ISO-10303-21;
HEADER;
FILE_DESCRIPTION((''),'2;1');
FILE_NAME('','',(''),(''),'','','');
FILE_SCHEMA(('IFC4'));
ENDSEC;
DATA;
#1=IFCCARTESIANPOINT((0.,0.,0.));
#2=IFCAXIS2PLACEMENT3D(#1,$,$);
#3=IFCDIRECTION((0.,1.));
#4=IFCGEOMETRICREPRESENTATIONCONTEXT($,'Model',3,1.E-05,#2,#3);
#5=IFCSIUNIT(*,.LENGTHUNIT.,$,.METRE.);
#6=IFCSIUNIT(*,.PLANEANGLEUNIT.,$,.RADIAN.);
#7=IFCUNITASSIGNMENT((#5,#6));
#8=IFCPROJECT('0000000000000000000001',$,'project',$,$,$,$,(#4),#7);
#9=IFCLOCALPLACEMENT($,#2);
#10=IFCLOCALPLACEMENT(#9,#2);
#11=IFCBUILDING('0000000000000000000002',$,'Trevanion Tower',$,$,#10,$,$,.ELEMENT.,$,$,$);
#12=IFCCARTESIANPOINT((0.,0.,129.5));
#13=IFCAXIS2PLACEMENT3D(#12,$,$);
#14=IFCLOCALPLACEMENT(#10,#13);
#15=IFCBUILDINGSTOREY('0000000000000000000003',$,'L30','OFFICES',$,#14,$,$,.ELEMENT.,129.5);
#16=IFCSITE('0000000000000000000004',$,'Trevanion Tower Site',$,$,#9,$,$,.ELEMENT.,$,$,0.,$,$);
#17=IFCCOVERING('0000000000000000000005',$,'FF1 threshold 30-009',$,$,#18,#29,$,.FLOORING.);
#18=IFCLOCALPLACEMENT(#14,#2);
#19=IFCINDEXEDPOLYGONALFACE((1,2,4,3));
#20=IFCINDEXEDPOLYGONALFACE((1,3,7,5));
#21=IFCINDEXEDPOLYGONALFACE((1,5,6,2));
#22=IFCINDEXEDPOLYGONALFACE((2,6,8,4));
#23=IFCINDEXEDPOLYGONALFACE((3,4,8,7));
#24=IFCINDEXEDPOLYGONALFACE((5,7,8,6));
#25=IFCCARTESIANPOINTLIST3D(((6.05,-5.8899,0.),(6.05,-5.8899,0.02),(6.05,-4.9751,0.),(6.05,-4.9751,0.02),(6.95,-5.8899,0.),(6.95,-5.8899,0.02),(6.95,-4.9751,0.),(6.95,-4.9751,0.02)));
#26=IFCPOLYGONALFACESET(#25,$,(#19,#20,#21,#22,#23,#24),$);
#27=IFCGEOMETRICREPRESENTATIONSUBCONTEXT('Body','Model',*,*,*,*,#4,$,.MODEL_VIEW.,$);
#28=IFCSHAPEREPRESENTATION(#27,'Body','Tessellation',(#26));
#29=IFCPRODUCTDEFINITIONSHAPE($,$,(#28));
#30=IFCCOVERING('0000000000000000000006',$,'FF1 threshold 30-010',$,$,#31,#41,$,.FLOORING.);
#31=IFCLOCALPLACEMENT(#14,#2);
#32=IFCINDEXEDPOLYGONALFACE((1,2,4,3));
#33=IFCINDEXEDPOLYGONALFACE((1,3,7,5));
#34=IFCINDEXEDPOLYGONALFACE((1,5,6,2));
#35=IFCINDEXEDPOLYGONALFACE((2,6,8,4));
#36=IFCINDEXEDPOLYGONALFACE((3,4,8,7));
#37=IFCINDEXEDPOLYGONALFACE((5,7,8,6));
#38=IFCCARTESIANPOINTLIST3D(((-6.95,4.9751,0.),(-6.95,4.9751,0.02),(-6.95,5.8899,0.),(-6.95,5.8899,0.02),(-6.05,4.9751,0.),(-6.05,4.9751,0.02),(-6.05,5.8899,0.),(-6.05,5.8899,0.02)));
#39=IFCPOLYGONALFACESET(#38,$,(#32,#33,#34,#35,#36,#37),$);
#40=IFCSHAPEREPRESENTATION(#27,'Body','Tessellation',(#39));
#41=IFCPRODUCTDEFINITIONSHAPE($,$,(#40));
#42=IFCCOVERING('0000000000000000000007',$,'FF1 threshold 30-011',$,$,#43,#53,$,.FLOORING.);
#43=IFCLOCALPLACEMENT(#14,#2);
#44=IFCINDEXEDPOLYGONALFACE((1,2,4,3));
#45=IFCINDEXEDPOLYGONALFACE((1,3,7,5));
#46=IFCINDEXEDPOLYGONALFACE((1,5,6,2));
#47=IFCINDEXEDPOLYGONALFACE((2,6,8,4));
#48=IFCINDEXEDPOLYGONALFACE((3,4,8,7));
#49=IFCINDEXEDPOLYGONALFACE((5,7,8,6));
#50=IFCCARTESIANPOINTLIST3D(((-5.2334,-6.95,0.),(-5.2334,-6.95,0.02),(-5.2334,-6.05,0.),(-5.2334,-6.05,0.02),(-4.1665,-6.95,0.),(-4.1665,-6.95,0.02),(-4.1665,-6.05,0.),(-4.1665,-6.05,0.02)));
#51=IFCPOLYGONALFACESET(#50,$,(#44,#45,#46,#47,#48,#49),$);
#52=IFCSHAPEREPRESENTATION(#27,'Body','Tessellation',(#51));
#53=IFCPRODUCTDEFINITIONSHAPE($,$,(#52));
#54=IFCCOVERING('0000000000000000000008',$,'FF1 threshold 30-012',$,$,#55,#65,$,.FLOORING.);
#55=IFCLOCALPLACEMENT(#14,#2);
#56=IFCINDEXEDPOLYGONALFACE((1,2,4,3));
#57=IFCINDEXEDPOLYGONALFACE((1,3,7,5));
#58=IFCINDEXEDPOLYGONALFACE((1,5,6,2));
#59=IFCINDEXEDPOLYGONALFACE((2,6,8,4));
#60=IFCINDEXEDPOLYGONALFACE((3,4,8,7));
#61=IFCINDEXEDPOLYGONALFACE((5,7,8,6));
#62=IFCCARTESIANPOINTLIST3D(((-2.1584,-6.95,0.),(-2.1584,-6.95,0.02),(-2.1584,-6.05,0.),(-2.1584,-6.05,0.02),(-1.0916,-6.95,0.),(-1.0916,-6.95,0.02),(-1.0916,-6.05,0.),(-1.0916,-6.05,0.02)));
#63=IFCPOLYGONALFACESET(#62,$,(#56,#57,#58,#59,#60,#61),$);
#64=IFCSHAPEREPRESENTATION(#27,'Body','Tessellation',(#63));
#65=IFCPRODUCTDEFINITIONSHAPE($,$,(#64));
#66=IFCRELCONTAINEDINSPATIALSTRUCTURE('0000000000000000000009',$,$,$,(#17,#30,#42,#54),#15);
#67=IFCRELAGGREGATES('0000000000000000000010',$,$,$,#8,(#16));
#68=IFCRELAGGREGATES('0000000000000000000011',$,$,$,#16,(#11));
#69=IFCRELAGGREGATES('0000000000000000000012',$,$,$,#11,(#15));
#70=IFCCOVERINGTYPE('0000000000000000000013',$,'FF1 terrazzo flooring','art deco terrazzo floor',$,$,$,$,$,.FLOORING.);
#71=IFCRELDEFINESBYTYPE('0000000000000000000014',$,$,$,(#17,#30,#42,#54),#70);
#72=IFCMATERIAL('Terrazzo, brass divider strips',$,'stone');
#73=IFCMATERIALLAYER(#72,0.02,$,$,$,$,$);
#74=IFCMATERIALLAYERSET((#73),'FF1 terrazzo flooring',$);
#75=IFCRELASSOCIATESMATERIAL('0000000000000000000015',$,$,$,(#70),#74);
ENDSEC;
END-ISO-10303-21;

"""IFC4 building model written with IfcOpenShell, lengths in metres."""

from ifc_helpers import new_model, si_unit, direction, frame, origin, place, context, subcontext, project, spatial, polyline, outline, extrude, material, layer, layer_set, type_object, element, save


model = new_model("IFC4")

# Units and contexts
model_context = context("Model", 3, precision=1e-05, world=origin(), true_north=direction((0.0, 1.0)))
body_context = subcontext(model_context, "Body", "Model", "MODEL_VIEW")
ifc_project = project(units=[si_unit("LENGTHUNIT", "METRE"), si_unit("PLANEANGLEUNIT", "RADIAN")], contexts=[model_context])

# Site, building, storey
site_placement = place(None, origin())
site = spatial("IfcSite", under=ifc_project, at=site_placement, Name="Trevanion Tower Site", CompositionType="ELEMENT", RefElevation=0.0)
building_placement = place(site_placement, origin())
building = spatial("IfcBuilding", under=site, at=building_placement, Name="Trevanion Tower", CompositionType="ELEMENT")
storey_placement = place(building_placement, frame((0.0, 0.0, 129.5)))
storey = spatial("IfcBuildingStorey", under=building, at=storey_placement, Name="L30", Description="OFFICES", CompositionType="ELEMENT", Elevation=129.5)

# Coverings
ifc_material_1 = material(Name="Terrazzo, brass divider strips", Category="stone")
ifc_layer_1 = layer(ifc_material_1, 0.02)
ifc_layer_set_1 = layer_set([ifc_layer_1], Name="FF1 terrazzo flooring")
covering_type = type_object("IfcCoveringType", Name="FF1 terrazzo flooring", Description="art deco terrazzo floor", PredefinedType="FLOORING", material=ifc_layer_set_1)
covering_1_placement = place(storey_placement, origin())
element("IfcCovering", 1, at=covering_1_placement, inside=storey, type_object=covering_type, Name="FF1 threshold 30-009", PredefinedType="FLOORING", context=body_context, shape_type="SweptSolid", body=[
    extrude(outline(polyline([(6.95, -5.8899), (6.95, -4.9751), (6.05, -4.9751), (6.05, -5.8899), (6.95, -5.8899)])), origin(), (0.0, 0.0, 1.0), 0.02),
])
covering_2_placement = place(storey_placement, origin())
element("IfcCovering", 2, at=covering_2_placement, inside=storey, type_object=covering_type, Name="FF1 threshold 30-010", PredefinedType="FLOORING", context=body_context, shape_type="SweptSolid", body=[
    extrude(outline(polyline([(-6.95, 5.8899), (-6.95, 4.9751), (-6.05, 4.9751), (-6.05, 5.8899), (-6.95, 5.8899)])), origin(), (0.0, 0.0, 1.0), 0.02),
])
covering_3_placement = place(storey_placement, origin())
element("IfcCovering", 3, at=covering_3_placement, inside=storey, type_object=covering_type, Name="FF1 threshold 30-011", PredefinedType="FLOORING", context=body_context, shape_type="SweptSolid", body=[
    extrude(outline(polyline([(-5.2334, -6.95), (-4.1665, -6.95), (-4.1665, -6.05), (-5.2334, -6.05), (-5.2334, -6.95)])), origin(), (0.0, 0.0, 1.0), 0.02),
])
covering_4_placement = place(storey_placement, origin())
element("IfcCovering", 4, at=covering_4_placement, inside=storey, type_object=covering_type, Name="FF1 threshold 30-012", PredefinedType="FLOORING", context=body_context, shape_type="SweptSolid", body=[
    extrude(outline(polyline([(-2.1584, -6.95), (-1.0916, -6.95), (-1.0916, -6.05), (-2.1584, -6.05), (-2.1584, -6.95)])), origin(), (0.0, 0.0, 1.0), 0.02),
])

save(model, "model.ifc")
